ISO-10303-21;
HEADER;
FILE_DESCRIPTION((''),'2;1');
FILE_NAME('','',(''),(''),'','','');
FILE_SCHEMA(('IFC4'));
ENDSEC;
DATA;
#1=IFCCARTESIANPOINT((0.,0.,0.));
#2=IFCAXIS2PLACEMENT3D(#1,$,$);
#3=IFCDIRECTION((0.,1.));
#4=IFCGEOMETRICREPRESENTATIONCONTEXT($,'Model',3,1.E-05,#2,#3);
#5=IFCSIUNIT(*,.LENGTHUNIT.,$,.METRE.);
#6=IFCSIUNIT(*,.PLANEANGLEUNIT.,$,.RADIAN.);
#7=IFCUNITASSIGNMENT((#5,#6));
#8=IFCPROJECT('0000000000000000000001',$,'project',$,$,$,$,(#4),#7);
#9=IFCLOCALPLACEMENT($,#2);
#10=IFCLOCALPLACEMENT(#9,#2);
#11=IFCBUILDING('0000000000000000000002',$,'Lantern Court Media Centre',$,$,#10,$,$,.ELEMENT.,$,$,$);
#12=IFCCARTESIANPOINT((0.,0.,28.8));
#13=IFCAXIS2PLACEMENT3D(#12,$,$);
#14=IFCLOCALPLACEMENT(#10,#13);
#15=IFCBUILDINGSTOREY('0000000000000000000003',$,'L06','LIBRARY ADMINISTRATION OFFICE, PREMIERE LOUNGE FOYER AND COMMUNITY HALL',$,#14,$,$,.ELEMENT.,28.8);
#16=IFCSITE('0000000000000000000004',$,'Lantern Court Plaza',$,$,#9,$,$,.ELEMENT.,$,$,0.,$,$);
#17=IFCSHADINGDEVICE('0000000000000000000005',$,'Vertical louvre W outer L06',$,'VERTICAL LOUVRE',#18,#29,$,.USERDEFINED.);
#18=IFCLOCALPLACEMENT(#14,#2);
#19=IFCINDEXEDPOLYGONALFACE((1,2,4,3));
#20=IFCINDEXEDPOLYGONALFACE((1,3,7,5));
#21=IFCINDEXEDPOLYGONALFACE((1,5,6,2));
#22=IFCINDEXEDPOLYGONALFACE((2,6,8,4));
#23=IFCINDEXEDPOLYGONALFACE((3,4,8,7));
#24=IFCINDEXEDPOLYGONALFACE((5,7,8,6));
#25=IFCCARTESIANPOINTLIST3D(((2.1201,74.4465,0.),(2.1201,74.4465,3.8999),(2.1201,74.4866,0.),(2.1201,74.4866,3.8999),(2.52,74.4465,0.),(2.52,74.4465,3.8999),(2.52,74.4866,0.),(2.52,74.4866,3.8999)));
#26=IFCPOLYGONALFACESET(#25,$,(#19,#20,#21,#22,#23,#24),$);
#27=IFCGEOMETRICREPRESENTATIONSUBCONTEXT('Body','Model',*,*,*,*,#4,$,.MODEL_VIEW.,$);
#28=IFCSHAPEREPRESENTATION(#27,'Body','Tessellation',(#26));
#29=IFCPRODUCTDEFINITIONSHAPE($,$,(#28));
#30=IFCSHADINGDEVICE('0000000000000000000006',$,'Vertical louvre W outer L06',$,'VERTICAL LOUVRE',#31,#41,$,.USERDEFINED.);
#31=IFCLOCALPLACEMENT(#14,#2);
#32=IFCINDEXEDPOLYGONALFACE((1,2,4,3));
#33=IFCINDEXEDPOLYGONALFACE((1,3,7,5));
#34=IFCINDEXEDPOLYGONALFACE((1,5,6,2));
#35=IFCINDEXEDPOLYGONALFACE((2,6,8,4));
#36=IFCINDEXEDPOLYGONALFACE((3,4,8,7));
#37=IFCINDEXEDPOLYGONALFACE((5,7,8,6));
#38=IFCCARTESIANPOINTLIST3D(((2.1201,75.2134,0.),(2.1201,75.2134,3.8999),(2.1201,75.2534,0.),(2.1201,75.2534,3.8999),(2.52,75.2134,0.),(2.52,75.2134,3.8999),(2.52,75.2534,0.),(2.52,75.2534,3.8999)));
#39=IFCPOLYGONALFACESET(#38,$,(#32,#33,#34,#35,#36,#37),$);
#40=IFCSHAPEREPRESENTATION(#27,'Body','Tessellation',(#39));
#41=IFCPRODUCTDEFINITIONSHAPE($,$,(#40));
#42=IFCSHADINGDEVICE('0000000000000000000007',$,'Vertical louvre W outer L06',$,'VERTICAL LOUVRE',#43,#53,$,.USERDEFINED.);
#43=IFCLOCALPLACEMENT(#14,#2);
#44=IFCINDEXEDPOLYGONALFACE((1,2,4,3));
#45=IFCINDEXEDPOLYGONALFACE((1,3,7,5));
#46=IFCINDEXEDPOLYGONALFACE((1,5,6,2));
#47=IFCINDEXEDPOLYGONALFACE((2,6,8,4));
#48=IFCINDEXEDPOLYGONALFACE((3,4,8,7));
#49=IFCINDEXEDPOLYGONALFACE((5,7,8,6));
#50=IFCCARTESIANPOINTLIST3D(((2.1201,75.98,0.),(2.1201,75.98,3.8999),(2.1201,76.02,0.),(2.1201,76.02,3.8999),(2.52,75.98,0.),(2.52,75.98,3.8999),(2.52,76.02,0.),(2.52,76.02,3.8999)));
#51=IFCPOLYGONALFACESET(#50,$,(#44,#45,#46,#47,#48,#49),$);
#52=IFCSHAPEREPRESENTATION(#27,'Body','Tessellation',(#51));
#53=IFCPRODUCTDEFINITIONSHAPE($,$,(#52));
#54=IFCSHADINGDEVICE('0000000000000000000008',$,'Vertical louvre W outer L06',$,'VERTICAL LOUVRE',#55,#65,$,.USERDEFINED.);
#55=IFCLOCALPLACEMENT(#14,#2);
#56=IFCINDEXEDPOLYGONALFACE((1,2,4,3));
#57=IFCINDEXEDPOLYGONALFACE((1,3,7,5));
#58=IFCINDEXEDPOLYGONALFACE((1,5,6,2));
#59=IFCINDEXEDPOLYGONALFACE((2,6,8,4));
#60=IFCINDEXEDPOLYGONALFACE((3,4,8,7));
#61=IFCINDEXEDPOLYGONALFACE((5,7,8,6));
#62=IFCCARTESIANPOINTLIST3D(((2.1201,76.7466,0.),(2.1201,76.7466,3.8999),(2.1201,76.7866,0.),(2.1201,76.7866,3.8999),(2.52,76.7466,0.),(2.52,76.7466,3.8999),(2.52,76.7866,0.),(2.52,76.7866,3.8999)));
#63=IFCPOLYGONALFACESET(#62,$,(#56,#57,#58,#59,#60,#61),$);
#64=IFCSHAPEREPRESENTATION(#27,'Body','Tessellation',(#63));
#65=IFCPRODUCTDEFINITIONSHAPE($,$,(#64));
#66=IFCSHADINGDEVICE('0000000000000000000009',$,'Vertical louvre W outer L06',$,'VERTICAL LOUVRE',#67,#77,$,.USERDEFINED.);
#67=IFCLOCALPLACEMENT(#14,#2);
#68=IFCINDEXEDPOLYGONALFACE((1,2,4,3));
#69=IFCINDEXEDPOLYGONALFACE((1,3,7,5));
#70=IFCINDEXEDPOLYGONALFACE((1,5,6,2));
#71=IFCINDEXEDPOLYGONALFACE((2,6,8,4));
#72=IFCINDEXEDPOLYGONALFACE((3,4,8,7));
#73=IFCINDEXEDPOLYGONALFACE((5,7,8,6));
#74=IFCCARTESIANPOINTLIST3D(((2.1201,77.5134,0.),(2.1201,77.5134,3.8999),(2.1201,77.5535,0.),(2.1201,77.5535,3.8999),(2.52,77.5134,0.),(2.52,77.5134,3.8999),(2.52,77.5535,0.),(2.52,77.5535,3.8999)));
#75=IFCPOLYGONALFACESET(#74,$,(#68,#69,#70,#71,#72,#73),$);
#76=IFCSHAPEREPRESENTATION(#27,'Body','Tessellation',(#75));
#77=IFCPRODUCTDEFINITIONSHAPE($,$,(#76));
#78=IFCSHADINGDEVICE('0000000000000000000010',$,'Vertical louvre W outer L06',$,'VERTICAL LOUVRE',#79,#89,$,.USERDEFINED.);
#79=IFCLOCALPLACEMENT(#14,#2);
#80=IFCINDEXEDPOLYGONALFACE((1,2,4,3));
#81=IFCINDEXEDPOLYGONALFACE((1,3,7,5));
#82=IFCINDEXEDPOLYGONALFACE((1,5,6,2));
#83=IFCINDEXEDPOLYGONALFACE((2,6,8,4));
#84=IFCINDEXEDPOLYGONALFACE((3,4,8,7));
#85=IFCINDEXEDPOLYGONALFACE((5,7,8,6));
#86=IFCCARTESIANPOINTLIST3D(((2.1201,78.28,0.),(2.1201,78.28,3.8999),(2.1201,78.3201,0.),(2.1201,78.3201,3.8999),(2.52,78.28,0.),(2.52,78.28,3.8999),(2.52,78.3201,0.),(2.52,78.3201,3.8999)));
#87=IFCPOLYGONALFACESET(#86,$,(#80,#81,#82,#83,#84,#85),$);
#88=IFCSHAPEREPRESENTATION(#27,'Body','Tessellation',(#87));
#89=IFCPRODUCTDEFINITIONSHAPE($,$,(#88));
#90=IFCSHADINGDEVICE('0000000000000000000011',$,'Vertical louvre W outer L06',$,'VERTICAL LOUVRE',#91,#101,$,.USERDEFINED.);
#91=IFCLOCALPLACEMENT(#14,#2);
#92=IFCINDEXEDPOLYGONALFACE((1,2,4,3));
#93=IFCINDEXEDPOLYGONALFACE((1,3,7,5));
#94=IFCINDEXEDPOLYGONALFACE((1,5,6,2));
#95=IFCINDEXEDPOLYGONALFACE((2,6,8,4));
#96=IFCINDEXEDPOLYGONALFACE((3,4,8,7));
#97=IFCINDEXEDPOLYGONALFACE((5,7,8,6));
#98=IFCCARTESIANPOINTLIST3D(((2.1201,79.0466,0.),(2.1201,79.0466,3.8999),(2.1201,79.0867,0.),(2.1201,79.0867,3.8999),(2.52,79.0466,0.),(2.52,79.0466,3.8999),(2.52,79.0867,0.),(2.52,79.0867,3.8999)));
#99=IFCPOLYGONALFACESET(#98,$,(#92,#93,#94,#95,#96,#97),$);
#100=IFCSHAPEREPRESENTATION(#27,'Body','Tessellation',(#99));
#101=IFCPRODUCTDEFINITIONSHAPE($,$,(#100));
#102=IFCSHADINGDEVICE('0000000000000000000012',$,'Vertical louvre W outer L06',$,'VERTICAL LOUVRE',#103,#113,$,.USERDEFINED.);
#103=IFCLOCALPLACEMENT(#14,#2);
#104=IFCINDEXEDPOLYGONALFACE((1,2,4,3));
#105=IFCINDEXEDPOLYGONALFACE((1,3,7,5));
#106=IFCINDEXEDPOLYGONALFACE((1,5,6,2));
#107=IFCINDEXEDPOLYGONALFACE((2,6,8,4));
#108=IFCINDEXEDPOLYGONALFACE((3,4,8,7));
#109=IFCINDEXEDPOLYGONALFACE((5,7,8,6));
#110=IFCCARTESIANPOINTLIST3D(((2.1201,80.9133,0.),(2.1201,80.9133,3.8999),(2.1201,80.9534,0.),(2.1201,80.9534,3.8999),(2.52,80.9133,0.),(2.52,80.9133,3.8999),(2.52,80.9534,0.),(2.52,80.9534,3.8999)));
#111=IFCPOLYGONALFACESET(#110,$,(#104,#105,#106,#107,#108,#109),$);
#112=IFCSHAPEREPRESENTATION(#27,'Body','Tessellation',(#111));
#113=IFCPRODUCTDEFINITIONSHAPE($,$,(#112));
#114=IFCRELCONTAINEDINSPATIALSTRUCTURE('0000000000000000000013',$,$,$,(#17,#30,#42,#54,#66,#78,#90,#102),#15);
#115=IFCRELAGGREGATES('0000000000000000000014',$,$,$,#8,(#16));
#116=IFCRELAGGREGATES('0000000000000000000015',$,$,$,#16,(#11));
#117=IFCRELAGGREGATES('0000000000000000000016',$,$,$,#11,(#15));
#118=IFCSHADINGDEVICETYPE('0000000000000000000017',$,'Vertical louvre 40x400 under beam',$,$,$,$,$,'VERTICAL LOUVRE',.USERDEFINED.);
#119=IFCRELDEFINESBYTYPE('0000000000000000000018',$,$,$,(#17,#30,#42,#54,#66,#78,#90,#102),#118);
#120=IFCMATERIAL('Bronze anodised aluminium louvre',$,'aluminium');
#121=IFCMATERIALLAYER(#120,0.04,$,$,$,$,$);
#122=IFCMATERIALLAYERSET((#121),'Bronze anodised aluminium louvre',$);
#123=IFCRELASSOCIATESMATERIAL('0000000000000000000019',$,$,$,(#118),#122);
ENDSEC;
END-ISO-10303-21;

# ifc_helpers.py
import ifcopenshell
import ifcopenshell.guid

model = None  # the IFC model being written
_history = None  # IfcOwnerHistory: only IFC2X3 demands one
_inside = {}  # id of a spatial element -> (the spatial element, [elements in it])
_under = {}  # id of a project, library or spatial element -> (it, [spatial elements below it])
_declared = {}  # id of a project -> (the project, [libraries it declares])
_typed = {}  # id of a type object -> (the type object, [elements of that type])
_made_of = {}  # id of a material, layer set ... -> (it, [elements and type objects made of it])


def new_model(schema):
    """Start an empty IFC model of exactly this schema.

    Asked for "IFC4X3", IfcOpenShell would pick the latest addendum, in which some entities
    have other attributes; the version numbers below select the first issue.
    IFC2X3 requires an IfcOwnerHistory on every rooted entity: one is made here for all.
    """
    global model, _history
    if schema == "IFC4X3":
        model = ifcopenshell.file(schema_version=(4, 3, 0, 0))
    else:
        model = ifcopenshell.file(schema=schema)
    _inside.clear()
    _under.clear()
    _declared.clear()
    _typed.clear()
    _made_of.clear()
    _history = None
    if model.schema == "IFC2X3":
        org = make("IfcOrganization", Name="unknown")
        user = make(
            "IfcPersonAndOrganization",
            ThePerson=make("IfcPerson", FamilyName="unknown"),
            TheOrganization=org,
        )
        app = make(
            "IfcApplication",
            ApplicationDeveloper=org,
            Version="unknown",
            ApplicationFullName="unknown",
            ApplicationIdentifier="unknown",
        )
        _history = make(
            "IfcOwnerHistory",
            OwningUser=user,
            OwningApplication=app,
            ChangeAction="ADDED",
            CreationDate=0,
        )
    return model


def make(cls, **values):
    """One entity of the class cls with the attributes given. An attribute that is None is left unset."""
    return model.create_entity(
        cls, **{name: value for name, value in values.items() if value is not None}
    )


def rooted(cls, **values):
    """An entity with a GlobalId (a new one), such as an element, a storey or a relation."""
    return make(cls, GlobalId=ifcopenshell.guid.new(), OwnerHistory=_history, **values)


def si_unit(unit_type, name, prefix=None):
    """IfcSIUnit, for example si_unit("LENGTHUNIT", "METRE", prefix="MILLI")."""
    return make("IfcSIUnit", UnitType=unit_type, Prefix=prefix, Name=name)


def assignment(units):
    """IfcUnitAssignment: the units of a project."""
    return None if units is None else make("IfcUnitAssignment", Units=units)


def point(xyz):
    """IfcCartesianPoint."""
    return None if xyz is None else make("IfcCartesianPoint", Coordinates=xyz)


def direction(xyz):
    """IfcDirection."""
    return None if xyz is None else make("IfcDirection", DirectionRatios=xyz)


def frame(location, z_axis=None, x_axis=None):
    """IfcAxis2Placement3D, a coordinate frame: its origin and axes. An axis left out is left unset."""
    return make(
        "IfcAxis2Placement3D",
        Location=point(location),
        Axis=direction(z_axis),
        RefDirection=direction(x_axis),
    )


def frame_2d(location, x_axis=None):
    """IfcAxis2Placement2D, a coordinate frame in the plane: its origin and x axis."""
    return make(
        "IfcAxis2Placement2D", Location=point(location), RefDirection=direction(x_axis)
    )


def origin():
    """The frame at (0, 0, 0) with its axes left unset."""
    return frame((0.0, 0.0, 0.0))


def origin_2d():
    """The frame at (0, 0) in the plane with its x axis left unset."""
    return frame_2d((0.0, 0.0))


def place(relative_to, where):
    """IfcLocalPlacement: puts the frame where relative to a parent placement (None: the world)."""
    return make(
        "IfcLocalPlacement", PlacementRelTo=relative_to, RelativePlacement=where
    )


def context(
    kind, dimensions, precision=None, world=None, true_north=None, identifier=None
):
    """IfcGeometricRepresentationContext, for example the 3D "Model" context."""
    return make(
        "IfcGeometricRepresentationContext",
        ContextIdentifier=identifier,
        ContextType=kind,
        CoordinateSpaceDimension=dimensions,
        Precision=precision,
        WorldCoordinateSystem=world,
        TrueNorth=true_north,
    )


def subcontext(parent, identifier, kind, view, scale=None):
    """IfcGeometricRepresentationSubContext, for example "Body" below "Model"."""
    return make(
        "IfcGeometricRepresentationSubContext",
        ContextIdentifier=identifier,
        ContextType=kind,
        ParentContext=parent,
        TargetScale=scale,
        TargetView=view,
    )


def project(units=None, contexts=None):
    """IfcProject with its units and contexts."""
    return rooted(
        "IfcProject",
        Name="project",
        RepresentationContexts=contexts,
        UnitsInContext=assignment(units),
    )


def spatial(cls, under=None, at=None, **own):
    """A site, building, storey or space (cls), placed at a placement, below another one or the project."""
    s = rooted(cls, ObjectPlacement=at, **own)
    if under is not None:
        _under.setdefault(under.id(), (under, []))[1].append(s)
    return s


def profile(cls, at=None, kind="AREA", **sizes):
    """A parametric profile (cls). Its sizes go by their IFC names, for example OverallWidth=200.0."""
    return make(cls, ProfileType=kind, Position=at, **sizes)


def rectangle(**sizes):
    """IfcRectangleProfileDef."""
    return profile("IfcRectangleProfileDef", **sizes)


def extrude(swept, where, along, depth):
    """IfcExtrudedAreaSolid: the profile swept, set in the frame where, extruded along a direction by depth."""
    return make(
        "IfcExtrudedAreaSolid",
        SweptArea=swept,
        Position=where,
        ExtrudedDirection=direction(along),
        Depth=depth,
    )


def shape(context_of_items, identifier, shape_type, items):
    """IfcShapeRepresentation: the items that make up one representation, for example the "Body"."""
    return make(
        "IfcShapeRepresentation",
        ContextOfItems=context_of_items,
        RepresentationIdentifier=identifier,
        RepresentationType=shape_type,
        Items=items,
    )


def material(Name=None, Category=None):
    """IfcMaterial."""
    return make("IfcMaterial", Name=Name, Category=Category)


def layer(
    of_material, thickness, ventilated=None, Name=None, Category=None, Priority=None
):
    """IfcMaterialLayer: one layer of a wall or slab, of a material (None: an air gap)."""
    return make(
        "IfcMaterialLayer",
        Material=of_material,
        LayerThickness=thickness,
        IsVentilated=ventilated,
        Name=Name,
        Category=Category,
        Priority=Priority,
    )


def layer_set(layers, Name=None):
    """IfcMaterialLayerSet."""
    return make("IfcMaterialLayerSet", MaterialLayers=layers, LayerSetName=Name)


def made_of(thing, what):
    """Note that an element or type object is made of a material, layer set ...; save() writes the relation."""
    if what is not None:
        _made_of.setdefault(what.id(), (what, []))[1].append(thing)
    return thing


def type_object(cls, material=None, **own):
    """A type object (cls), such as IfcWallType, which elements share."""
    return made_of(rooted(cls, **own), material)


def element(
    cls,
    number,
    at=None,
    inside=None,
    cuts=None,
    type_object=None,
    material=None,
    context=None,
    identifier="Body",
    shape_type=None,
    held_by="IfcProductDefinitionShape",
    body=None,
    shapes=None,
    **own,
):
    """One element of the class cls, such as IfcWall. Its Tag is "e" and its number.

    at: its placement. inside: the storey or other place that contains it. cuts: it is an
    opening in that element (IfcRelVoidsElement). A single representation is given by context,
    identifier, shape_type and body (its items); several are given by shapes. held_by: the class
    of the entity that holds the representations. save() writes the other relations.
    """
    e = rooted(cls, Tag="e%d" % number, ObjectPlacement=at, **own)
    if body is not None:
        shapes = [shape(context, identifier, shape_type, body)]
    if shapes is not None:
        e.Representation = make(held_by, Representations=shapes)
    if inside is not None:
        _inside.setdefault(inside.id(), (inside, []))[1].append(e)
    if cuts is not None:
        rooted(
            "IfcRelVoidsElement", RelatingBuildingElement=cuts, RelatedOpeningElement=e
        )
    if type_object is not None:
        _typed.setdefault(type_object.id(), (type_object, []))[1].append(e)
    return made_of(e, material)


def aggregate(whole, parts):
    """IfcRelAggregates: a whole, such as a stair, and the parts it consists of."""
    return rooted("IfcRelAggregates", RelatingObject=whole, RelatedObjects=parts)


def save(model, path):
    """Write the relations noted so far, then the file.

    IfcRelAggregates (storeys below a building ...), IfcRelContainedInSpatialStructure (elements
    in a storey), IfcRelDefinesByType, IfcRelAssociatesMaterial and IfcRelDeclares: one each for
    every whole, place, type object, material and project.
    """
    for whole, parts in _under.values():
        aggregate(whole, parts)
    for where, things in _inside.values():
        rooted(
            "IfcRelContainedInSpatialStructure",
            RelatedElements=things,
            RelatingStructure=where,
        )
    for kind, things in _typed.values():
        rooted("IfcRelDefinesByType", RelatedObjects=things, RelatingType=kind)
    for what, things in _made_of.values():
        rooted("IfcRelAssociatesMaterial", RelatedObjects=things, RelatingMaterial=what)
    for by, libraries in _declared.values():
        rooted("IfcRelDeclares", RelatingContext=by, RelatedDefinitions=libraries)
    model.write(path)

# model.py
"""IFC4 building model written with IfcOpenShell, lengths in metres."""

from ifc_helpers import new_model, si_unit, direction, frame, origin, origin_2d, place, context, subcontext, project, spatial, rectangle, extrude, material, layer, layer_set, type_object, element, save


model = new_model("IFC4")

# Units and contexts
model_context = context("Model", 3, precision=1e-05, world=origin(), true_north=direction((0.0, 1.0)))
body_context = subcontext(model_context, "Body", "Model", "MODEL_VIEW")
ifc_project = project(units=[si_unit("LENGTHUNIT", "METRE"), si_unit("PLANEANGLEUNIT", "RADIAN")], contexts=[model_context])

# Site, building, storey
site_placement = place(None, origin())
site = spatial("IfcSite", under=ifc_project, at=site_placement, Name="Lantern Court Plaza", CompositionType="ELEMENT", RefElevation=0.0)
building_placement = place(site_placement, origin())
building = spatial("IfcBuilding", under=site, at=building_placement, Name="Lantern Court Media Centre", CompositionType="ELEMENT")
storey_placement = place(building_placement, frame((0.0, 0.0, 28.8)))
storey = spatial("IfcBuildingStorey", under=building, at=storey_placement, Name="L06", Description="LIBRARY ADMINISTRATION OFFICE, PREMIERE LOUNGE FOYER AND COMMUNITY HALL", CompositionType="ELEMENT", Elevation=28.8)

# Shading devices
ifc_material_1 = material(Name="Bronze anodised aluminium louvre", Category="aluminium")
ifc_layer_1 = layer(ifc_material_1, 0.04)
ifc_layer_set_1 = layer_set([ifc_layer_1], Name="Bronze anodised aluminium louvre")
shading_device_type = type_object("IfcShadingDeviceType", Name="Vertical louvre 40x400 under beam", ElementType="VERTICAL LOUVRE", PredefinedType="USERDEFINED", material=ifc_layer_set_1)
for number, where, z_axis, x_axis, name in (
    (1, (2.3201, 74.4666, 0.0), (0.0, 0.0, 1.0), (1.0, 0.0, 0.0), "Vertical louvre W outer L06"),
    (2, (2.3201, 75.2334, 0.0), (0.0, 0.0, 1.0), (1.0, 0.0, 0.0), "Vertical louvre W outer L06"),
    (3, (2.3201, 76.0, 0.0), (0.0, 0.0, 1.0), (1.0, 0.0, 0.0), "Vertical louvre W outer L06"),
    (4, (2.3201, 76.7666, 0.0), (0.0, 0.0, 1.0), (1.0, 0.0, 0.0), "Vertical louvre W outer L06"),
    (5, (2.3201, 77.5334, 0.0), (0.0, 0.0, 1.0), (1.0, 0.0, 0.0), "Vertical louvre W outer L06"),
    (6, (2.3201, 78.3, 0.0), (0.0, 0.0, 1.0), (1.0, 0.0, 0.0), "Vertical louvre W outer L06"),
    (7, (2.3201, 79.0667, 0.0), (0.0, 0.0, 1.0), (1.0, 0.0, 0.0), "Vertical louvre W outer L06"),
    (8, (2.3201, 80.9333, 0.0), (0.0, 0.0, 1.0), (1.0, 0.0, 0.0), "Vertical louvre W outer L06"),
):
    element("IfcShadingDevice", number, at=place(storey_placement, frame(where, z_axis=z_axis, x_axis=x_axis)), inside=storey, type_object=shading_device_type, Name=name, ObjectType="VERTICAL LOUVRE", PredefinedType="USERDEFINED", context=body_context, shape_type="SweptSolid", body=[
        extrude(rectangle(XDim=0.3999, YDim=0.04, at=origin_2d()), origin(), (0.0, 0.0, 1.0), 3.8999),
    ])

save(model, "model.ifc")
